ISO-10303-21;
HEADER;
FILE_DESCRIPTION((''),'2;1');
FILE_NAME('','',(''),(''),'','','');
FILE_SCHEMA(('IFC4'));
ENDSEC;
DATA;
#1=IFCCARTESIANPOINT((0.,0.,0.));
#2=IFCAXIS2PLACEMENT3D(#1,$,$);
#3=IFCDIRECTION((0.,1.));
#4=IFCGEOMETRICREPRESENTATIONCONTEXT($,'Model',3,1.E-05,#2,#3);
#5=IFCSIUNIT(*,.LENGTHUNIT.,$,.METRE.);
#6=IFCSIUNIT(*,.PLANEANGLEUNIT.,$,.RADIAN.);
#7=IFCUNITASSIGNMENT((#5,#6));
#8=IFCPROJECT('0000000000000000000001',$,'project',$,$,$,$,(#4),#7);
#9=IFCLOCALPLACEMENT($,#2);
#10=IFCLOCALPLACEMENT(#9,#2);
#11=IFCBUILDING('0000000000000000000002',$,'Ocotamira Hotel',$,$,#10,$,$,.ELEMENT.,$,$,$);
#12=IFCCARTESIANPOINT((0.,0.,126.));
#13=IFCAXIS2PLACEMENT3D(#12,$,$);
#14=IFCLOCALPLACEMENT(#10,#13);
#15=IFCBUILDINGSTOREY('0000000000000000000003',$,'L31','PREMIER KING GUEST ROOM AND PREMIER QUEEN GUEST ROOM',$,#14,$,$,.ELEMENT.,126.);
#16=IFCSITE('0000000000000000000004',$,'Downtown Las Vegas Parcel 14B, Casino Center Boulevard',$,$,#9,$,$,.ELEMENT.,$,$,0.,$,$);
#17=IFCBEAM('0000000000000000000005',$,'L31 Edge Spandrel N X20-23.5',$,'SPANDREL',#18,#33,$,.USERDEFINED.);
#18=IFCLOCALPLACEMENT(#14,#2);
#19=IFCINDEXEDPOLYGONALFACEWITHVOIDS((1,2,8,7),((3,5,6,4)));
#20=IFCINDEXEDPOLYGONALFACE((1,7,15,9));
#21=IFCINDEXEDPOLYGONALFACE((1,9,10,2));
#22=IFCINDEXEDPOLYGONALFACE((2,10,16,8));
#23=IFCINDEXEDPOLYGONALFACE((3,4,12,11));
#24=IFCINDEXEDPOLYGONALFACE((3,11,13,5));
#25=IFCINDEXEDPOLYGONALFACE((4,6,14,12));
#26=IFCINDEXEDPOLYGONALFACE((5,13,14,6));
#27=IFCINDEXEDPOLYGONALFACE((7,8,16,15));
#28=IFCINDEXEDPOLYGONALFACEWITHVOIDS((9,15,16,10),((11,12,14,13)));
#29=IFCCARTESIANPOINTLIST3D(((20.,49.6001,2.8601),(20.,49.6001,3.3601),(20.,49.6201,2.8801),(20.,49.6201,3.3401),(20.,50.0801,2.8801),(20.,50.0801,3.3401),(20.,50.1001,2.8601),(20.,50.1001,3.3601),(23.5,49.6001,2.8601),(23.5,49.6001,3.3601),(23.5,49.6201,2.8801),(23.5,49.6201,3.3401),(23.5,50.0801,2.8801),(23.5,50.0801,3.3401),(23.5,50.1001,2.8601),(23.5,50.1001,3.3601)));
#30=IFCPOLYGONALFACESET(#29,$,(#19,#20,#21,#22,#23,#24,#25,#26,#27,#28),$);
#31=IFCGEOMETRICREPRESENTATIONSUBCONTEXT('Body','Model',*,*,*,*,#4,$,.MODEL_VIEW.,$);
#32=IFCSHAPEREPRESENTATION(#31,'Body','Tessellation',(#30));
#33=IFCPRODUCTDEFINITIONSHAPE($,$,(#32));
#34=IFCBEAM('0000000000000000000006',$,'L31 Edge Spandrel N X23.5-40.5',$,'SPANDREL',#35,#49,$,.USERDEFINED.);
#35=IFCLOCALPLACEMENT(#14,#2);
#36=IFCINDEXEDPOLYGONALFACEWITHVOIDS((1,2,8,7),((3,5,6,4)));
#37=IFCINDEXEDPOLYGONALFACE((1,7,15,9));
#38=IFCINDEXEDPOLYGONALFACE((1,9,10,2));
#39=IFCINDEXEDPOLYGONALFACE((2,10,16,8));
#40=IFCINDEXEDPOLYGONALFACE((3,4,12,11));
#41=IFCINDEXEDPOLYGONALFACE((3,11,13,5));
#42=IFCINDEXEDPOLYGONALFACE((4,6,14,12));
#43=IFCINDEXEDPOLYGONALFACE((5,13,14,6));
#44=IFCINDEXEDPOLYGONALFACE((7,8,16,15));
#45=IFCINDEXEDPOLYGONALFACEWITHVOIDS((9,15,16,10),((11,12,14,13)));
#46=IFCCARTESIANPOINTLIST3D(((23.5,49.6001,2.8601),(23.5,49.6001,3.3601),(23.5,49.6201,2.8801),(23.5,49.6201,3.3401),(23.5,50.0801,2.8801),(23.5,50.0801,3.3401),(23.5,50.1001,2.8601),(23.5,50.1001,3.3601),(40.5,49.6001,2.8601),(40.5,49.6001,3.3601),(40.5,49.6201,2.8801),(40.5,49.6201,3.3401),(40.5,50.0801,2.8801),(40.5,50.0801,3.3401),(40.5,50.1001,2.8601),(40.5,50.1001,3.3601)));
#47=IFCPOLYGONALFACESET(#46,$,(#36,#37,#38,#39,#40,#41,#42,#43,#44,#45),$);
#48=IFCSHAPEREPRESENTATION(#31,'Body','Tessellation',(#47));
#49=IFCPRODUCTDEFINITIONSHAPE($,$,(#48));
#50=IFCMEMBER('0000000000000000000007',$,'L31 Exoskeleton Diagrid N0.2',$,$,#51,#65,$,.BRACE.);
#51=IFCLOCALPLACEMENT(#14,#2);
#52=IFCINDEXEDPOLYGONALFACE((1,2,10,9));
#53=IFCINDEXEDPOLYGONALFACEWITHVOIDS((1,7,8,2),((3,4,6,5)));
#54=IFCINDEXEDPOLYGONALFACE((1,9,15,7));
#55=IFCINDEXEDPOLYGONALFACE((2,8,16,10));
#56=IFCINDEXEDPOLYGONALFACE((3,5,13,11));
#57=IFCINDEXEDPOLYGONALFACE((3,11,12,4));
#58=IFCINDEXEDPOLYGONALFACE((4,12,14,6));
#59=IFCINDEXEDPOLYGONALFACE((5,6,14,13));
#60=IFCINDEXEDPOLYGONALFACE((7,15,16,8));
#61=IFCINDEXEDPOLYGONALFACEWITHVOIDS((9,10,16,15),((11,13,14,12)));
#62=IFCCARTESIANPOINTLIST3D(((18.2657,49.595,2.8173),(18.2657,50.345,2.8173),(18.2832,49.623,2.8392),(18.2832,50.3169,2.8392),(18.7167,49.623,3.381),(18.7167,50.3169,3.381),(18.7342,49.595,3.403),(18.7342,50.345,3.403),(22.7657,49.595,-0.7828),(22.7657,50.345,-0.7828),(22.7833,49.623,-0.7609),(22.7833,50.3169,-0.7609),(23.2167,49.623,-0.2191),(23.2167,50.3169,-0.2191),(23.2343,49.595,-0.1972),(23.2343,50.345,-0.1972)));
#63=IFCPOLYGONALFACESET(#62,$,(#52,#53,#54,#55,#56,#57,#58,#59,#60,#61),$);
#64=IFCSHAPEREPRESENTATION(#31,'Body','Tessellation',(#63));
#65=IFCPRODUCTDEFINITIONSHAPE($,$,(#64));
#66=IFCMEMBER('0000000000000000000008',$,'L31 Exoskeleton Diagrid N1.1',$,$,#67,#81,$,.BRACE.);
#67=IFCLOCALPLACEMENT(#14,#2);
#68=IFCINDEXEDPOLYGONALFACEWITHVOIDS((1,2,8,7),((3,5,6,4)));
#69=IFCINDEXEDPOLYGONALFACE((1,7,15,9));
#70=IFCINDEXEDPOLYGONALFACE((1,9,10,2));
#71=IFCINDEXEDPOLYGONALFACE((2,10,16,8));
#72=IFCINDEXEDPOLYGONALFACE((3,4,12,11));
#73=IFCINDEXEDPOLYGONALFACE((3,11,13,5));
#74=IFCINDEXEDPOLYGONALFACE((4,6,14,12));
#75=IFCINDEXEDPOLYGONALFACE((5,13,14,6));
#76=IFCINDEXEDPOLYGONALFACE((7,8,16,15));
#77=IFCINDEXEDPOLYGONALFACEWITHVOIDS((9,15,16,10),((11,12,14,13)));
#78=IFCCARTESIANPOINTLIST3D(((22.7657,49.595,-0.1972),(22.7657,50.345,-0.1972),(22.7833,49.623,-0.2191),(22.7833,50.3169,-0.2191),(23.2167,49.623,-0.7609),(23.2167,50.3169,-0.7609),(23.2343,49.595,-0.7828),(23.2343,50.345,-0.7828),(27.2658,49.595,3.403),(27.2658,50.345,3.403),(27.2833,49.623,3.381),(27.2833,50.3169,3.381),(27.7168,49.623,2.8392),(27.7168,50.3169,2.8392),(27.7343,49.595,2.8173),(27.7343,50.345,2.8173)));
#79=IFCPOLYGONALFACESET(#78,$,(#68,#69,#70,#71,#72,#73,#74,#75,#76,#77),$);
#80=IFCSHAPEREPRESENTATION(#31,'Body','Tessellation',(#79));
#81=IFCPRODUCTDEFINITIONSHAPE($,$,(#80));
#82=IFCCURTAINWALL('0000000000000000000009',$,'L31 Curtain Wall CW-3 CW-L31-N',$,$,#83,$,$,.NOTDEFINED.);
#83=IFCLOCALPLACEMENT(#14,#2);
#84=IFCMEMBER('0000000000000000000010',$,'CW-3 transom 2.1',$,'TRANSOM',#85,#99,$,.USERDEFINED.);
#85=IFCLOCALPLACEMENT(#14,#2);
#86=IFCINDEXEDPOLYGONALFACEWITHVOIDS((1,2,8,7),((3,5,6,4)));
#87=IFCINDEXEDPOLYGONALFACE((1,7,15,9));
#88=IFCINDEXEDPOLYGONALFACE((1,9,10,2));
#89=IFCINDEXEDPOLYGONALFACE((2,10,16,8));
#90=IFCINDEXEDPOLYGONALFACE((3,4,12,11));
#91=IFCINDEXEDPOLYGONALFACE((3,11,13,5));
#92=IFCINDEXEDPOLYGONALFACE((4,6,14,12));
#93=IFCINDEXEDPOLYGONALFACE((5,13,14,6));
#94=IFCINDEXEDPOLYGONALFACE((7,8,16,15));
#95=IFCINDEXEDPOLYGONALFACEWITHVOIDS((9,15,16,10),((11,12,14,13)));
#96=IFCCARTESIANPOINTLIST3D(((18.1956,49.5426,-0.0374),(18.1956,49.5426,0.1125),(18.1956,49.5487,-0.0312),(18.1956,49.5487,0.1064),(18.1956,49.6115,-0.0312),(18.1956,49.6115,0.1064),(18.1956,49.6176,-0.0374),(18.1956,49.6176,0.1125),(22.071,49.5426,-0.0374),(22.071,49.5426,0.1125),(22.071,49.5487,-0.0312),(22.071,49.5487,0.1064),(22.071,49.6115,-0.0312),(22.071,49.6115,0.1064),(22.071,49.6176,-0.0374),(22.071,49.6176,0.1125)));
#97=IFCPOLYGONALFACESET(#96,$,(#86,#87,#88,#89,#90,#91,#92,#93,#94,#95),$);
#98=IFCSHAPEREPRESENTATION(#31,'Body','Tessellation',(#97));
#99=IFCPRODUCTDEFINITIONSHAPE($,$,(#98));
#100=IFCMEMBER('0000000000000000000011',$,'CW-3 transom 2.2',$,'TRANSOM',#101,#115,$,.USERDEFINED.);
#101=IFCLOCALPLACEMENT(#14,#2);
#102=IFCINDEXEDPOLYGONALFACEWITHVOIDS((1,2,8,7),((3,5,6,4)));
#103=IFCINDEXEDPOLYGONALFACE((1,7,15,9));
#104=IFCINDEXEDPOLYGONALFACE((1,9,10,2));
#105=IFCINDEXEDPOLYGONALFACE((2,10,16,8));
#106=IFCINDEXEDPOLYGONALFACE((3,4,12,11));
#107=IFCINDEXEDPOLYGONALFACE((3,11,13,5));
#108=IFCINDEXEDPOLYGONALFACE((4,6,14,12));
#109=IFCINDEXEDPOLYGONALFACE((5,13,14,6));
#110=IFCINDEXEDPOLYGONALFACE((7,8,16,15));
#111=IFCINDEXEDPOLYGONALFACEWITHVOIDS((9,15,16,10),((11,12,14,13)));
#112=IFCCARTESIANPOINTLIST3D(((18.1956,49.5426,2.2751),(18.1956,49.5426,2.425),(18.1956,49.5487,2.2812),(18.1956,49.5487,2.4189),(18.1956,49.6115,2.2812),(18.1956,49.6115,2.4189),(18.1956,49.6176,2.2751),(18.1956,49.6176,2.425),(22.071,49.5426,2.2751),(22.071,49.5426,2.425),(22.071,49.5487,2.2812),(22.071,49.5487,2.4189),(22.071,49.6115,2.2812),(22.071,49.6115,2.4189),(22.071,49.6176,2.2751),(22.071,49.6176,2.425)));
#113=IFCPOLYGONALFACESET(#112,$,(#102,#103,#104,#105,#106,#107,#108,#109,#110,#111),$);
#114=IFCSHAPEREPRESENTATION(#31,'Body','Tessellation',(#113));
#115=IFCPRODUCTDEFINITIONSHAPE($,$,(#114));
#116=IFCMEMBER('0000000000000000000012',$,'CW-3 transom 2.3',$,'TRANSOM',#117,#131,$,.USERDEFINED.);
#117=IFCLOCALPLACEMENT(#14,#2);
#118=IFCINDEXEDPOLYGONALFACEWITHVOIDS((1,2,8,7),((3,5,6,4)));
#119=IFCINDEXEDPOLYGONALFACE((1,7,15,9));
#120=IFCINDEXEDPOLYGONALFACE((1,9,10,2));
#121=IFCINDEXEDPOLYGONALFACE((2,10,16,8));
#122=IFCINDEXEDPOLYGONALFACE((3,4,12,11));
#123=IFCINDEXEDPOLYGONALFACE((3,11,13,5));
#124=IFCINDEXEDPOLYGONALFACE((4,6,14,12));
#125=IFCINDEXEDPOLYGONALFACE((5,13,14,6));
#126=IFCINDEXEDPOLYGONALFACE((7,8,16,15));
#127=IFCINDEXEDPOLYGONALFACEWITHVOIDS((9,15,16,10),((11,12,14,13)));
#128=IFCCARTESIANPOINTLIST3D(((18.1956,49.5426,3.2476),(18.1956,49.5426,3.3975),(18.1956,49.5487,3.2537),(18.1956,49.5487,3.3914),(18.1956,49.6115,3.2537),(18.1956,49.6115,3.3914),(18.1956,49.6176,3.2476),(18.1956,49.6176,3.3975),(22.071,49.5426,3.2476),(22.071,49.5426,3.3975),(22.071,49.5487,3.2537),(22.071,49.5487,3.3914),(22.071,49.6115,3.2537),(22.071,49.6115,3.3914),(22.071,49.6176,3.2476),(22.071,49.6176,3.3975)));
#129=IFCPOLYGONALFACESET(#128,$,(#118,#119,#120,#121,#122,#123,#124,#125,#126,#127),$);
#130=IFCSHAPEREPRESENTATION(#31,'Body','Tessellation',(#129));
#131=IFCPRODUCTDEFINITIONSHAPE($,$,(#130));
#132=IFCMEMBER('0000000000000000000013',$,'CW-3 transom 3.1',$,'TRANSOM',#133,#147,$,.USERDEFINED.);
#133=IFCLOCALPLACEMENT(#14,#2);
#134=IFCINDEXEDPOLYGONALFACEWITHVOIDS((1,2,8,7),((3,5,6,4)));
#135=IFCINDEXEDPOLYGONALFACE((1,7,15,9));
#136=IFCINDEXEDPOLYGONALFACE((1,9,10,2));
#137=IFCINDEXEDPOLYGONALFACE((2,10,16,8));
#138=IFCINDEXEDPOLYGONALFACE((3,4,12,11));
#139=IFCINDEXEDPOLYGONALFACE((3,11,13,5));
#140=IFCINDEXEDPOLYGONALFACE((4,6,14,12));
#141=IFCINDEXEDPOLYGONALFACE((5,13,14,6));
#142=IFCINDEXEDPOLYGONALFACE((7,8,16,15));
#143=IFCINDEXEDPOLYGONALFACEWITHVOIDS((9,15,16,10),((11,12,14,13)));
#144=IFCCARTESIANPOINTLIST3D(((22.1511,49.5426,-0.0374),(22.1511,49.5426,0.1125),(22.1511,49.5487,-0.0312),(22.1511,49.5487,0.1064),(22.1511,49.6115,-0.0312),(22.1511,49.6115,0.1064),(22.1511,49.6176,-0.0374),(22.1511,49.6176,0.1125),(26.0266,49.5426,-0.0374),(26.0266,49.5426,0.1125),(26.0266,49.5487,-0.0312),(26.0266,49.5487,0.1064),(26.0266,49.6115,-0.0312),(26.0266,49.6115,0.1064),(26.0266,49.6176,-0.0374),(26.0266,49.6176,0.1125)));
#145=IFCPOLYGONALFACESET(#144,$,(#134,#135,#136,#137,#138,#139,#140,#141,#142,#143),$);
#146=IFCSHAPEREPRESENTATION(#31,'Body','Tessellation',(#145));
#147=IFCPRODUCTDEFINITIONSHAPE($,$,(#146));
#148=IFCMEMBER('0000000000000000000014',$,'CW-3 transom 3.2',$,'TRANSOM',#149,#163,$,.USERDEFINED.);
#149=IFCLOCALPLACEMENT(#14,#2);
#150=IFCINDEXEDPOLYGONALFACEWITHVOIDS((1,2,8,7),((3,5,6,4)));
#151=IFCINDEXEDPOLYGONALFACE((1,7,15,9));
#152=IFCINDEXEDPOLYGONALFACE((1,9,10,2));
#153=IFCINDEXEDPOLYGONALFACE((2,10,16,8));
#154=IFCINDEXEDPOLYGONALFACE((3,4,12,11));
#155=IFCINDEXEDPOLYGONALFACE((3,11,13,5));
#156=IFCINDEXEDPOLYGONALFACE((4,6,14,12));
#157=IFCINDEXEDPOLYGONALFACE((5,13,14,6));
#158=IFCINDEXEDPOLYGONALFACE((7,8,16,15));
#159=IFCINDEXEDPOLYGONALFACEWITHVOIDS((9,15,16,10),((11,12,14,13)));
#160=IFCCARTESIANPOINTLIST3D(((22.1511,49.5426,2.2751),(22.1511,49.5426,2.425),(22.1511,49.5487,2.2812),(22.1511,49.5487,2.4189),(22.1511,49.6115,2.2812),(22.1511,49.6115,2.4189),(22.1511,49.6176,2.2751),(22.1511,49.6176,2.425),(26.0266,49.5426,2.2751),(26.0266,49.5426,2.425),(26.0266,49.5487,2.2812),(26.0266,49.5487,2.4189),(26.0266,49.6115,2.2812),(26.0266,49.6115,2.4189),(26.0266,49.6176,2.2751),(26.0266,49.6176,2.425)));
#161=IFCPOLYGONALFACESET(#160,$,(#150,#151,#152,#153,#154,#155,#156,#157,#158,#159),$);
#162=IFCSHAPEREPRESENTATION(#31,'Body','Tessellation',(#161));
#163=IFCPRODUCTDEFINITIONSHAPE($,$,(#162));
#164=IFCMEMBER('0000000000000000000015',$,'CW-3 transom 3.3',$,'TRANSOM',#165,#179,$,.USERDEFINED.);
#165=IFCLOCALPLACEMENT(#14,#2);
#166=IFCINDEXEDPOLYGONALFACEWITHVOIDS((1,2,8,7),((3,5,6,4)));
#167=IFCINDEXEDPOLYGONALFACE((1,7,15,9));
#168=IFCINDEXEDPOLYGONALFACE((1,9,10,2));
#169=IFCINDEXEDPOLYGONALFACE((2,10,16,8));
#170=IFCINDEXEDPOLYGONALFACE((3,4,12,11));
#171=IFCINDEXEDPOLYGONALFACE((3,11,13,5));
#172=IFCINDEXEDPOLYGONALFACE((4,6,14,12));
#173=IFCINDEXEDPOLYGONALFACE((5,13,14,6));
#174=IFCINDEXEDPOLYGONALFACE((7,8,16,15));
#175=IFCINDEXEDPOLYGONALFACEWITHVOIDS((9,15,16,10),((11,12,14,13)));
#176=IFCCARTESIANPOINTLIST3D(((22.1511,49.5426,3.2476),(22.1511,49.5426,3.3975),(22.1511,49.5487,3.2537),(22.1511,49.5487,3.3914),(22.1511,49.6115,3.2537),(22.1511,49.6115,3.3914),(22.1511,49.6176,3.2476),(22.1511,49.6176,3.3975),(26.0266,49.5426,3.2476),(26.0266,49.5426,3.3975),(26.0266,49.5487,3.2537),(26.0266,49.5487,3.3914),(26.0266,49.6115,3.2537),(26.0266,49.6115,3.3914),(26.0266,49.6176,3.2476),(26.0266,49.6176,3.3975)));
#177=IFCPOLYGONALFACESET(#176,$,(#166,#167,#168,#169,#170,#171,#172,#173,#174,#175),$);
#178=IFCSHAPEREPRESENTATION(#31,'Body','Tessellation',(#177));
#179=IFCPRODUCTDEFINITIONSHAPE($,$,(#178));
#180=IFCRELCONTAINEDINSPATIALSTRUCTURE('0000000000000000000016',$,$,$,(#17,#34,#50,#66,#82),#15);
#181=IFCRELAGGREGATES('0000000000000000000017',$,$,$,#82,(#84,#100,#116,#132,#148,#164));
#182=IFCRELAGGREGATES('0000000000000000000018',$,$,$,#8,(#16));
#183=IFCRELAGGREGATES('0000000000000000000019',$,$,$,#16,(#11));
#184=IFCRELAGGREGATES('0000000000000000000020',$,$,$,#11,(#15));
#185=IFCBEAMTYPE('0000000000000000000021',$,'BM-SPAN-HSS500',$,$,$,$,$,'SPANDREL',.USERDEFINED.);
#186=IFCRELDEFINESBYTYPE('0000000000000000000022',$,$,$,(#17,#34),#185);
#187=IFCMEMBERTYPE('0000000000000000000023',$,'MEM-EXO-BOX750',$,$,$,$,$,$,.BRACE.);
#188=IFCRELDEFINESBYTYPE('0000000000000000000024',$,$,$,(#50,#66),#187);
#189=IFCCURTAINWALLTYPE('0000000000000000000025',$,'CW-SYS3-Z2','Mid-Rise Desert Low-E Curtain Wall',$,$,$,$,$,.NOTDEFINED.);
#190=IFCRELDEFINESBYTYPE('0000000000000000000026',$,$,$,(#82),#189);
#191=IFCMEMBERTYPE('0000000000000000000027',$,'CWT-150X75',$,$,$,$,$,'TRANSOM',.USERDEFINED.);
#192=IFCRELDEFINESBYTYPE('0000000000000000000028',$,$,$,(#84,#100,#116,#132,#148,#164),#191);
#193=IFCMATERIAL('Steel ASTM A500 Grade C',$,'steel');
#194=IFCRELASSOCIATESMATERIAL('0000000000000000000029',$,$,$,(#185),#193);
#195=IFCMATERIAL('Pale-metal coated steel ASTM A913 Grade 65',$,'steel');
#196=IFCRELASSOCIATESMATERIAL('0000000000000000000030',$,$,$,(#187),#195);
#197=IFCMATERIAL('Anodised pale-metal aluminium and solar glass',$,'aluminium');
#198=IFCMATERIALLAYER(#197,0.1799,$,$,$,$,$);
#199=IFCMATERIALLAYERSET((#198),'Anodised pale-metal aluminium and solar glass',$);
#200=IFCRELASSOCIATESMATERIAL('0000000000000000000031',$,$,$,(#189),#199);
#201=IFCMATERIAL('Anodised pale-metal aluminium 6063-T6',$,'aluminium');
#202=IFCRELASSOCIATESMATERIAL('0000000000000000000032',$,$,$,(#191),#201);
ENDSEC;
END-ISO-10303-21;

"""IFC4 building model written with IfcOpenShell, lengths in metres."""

from ifc_helpers import new_model, si_unit, direction, frame, origin, origin_2d, place, context, subcontext, project, spatial, hollow_rectangle, extrude, source, transform, mapped, material, layer, layer_set, material_profile, profile_set, type_object, element, aggregate, save


model = new_model("IFC4")

# Units and contexts
model_context = context("Model", 3, precision=1e-05, world=origin(), true_north=direction((0.0, 1.0)))
body_context = subcontext(model_context, "Body", "Model", "MODEL_VIEW")
ifc_project = project(units=[si_unit("LENGTHUNIT", "METRE"), si_unit("PLANEANGLEUNIT", "RADIAN")], contexts=[model_context])

# Site, building, storey
site_placement = place(None, origin())
site = spatial("IfcSite", under=ifc_project, at=site_placement, Name="Downtown Las Vegas Parcel 14B, Casino Center Boulevard", CompositionType="ELEMENT", RefElevation=0.0)
building_placement = place(site_placement, origin())
building = spatial("IfcBuilding", under=site, at=building_placement, Name="Ocotamira Hotel", CompositionType="ELEMENT")
storey_placement = place(building_placement, frame((0.0, 0.0, 126.0)))
storey = spatial("IfcBuildingStorey", under=building, at=storey_placement, Name="L31", Description="PREMIER KING GUEST ROOM AND PREMIER QUEEN GUEST ROOM", CompositionType="ELEMENT", Elevation=126.0)

# Beams
ifc_material_1 = material(Name="Steel ASTM A500 Grade C", Category="steel")
ifc_material_profile_1 = material_profile(ifc_material_1, hollow_rectangle(XDim=0.5, YDim=0.5, WallThickness=0.02, at=origin_2d()), Name="HSS500X500X20")
ifc_profile_set_1 = profile_set([ifc_material_profile_1], Name="Steel ASTM A500 Grade C")
beam_type = type_object("IfcBeamType", Name="BM-SPAN-HSS500", ElementType="SPANDREL", PredefinedType="USERDEFINED", material=ifc_profile_set_1)
shared_shape_1 = source(origin(), body_context, "Body", "SweptSolid", [
    extrude(hollow_rectangle(XDim=0.5, YDim=0.5, WallThickness=0.02, at=origin_2d()), origin(), (0.0, 0.0, 1.0), 3.5),
])
beam_1_placement = place(storey_placement, frame((20.0, 49.8501, 3.1101), z_axis=(1.0, 0.0, 0.0), x_axis=(0.0, 1.0, 0.0)))
element("IfcBeam", 1, at=beam_1_placement, inside=storey, type_object=beam_type, Name="L31 Edge Spandrel N X20-23.5", ObjectType="SPANDREL", PredefinedType="USERDEFINED", context=body_context, shape_type="MappedRepresentation", body=[
    mapped(shared_shape_1, transform((0.0, 0.0, 0.0), scale=1.0)),
])
shared_shape_2 = source(origin(), body_context, "Body", "SweptSolid", [
    extrude(hollow_rectangle(XDim=0.5, YDim=0.5, WallThickness=0.02, at=origin_2d()), origin(), (0.0, 0.0, 1.0), 17.0),
])
beam_2_placement = place(storey_placement, frame((23.5, 49.8501, 3.1101), z_axis=(1.0, 0.0, 0.0), x_axis=(0.0, 1.0, 0.0)))
element("IfcBeam", 2, at=beam_2_placement, inside=storey, type_object=beam_type, Name="L31 Edge Spandrel N X23.5-40.5", ObjectType="SPANDREL", PredefinedType="USERDEFINED", context=body_context, shape_type="MappedRepresentation", body=[
    mapped(shared_shape_2, transform((0.0, 0.0, 0.0), scale=1.0)),
])

# Members
ifc_material_2 = material(Name="Pale-metal coated steel ASTM A913 Grade 65", Category="steel")
ifc_material_profile_2 = material_profile(ifc_material_2, hollow_rectangle(XDim=0.75, YDim=0.75, WallThickness=0.0281, at=origin_2d()), Name="BOX750X750X28")
ifc_profile_set_2 = profile_set([ifc_material_profile_2], Name="Pale-metal coated steel ASTM A913 Grade 65")
member_type_1 = type_object("IfcMemberType", Name="MEM-EXO-BOX750", PredefinedType="BRACE", material=ifc_profile_set_2)
shared_shape_3 = source(origin(), body_context, "Body", "SweptSolid", [
    extrude(hollow_rectangle(XDim=0.75, YDim=0.75, WallThickness=0.0281, at=origin_2d()), origin(), (0.0, 0.0, 1.0), 5.7629),
])
for number, where, z_axis, x_axis, name in (
    (3, (23.0, 49.97, -0.49), (-0.780861, 0.0, 0.624705), (0.0, -1.0, 0.0), "L31 Exoskeleton Diagrid N0.2"),
    (4, (23.0, 49.97, -0.49), (0.780861, 0.0, 0.624705), (0.0, 1.0, 0.0), "L31 Exoskeleton Diagrid N1.1"),
):
    element("IfcMember", number, at=place(storey_placement, frame(where, z_axis=z_axis, x_axis=x_axis)), inside=storey, type_object=member_type_1, Name=name, PredefinedType="BRACE", context=body_context, shape_type="MappedRepresentation", body=[
        mapped(shared_shape_3, transform((0.0, 0.0, 0.0), scale=1.0)),
    ])

# Curtain wall, members
ifc_material_3 = material(Name="Anodised pale-metal aluminium and solar glass", Category="aluminium")
ifc_layer_1 = layer(ifc_material_3, 0.1799)
ifc_layer_set_1 = layer_set([ifc_layer_1], Name="Anodised pale-metal aluminium and solar glass")
curtain_wall_type = type_object("IfcCurtainWallType", Name="CW-SYS3-Z2", Description="Mid-Rise Desert Low-E Curtain Wall", PredefinedType="NOTDEFINED", material=ifc_layer_set_1)
curtain_wall_placement = place(storey_placement, origin())
curtain_wall = element("IfcCurtainWall", 5, at=curtain_wall_placement, inside=storey, type_object=curtain_wall_type, Name="L31 Curtain Wall CW-3 CW-L31-N", PredefinedType="NOTDEFINED")
ifc_material_4 = material(Name="Anodised pale-metal aluminium 6063-T6", Category="aluminium")
ifc_material_profile_3 = material_profile(ifc_material_4, hollow_rectangle(XDim=0.075, YDim=0.1499, WallThickness=0.0061, at=origin_2d()), Name="HSS150X75X6")
ifc_profile_set_3 = profile_set([ifc_material_profile_3], Name="Anodised pale-metal aluminium 6063-T6")
member_type_2 = type_object("IfcMemberType", Name="CWT-150X75", ElementType="TRANSOM", PredefinedType="USERDEFINED", material=ifc_profile_set_3)
shared_shape_4 = source(origin(), body_context, "Body", "SweptSolid", [
    extrude(hollow_rectangle(XDim=0.075, YDim=0.1499, WallThickness=0.0061, at=origin_2d()), origin(), (0.0, 0.0, 1.0), 3.8755),
])
member_1_placement = place(storey_placement, frame((18.1956, 49.5801, 0.0376), z_axis=(1.0, 0.0, 0.0), x_axis=(0.0, 1.0, 0.0)))
member_1 = element("IfcMember", 6, at=member_1_placement, type_object=member_type_2, Name="CW-3 transom 2.1", ObjectType="TRANSOM", PredefinedType="USERDEFINED", context=body_context, shape_type="MappedRepresentation", body=[
    mapped(shared_shape_4, transform((0.0, 0.0, 0.0), scale=1.0)),
])
member_2_placement = place(storey_placement, frame((18.1956, 49.5801, 2.3501), z_axis=(1.0, 0.0, 0.0), x_axis=(0.0, 1.0, 0.0)))
member_2 = element("IfcMember", 7, at=member_2_placement, type_object=member_type_2, Name="CW-3 transom 2.2", ObjectType="TRANSOM", PredefinedType="USERDEFINED", context=body_context, shape_type="MappedRepresentation", body=[
    mapped(shared_shape_4, transform((0.0, 0.0, 0.0), scale=1.0)),
])
member_3_placement = place(storey_placement, frame((18.1956, 49.5801, 3.3225), z_axis=(1.0, 0.0, 0.0), x_axis=(0.0, 1.0, 0.0)))
member_3 = element("IfcMember", 8, at=member_3_placement, type_object=member_type_2, Name="CW-3 transom 2.3", ObjectType="TRANSOM", PredefinedType="USERDEFINED", context=body_context, shape_type="MappedRepresentation", body=[
    mapped(shared_shape_4, transform((0.0, 0.0, 0.0), scale=1.0)),
])
member_4_placement = place(storey_placement, frame((22.1511, 49.5801, 0.0376), z_axis=(1.0, 0.0, 0.0), x_axis=(0.0, 1.0, 0.0)))
member_4 = element("IfcMember", 9, at=member_4_placement, type_object=member_type_2, Name="CW-3 transom 3.1", ObjectType="TRANSOM", PredefinedType="USERDEFINED", context=body_context, shape_type="MappedRepresentation", body=[
    mapped(shared_shape_4, transform((0.0, 0.0, 0.0), scale=1.0)),
])
member_5_placement = place(storey_placement, frame((22.1511, 49.5801, 2.3501), z_axis=(1.0, 0.0, 0.0), x_axis=(0.0, 1.0, 0.0)))
member_5 = element("IfcMember", 10, at=member_5_placement, type_object=member_type_2, Name="CW-3 transom 3.2", ObjectType="TRANSOM", PredefinedType="USERDEFINED", context=body_context, shape_type="MappedRepresentation", body=[
    mapped(shared_shape_4, transform((0.0, 0.0, 0.0), scale=1.0)),
])
member_6_placement = place(storey_placement, frame((22.1511, 49.5801, 3.3225), z_axis=(1.0, 0.0, 0.0), x_axis=(0.0, 1.0, 0.0)))
member_6 = element("IfcMember", 11, at=member_6_placement, type_object=member_type_2, Name="CW-3 transom 3.3", ObjectType="TRANSOM", PredefinedType="USERDEFINED", context=body_context, shape_type="MappedRepresentation", body=[
    mapped(shared_shape_4, transform((0.0, 0.0, 0.0), scale=1.0)),
])

aggregate(curtain_wall, [member_1, member_2, member_3, member_4, member_5, member_6])

save(model, "model.ifc")
